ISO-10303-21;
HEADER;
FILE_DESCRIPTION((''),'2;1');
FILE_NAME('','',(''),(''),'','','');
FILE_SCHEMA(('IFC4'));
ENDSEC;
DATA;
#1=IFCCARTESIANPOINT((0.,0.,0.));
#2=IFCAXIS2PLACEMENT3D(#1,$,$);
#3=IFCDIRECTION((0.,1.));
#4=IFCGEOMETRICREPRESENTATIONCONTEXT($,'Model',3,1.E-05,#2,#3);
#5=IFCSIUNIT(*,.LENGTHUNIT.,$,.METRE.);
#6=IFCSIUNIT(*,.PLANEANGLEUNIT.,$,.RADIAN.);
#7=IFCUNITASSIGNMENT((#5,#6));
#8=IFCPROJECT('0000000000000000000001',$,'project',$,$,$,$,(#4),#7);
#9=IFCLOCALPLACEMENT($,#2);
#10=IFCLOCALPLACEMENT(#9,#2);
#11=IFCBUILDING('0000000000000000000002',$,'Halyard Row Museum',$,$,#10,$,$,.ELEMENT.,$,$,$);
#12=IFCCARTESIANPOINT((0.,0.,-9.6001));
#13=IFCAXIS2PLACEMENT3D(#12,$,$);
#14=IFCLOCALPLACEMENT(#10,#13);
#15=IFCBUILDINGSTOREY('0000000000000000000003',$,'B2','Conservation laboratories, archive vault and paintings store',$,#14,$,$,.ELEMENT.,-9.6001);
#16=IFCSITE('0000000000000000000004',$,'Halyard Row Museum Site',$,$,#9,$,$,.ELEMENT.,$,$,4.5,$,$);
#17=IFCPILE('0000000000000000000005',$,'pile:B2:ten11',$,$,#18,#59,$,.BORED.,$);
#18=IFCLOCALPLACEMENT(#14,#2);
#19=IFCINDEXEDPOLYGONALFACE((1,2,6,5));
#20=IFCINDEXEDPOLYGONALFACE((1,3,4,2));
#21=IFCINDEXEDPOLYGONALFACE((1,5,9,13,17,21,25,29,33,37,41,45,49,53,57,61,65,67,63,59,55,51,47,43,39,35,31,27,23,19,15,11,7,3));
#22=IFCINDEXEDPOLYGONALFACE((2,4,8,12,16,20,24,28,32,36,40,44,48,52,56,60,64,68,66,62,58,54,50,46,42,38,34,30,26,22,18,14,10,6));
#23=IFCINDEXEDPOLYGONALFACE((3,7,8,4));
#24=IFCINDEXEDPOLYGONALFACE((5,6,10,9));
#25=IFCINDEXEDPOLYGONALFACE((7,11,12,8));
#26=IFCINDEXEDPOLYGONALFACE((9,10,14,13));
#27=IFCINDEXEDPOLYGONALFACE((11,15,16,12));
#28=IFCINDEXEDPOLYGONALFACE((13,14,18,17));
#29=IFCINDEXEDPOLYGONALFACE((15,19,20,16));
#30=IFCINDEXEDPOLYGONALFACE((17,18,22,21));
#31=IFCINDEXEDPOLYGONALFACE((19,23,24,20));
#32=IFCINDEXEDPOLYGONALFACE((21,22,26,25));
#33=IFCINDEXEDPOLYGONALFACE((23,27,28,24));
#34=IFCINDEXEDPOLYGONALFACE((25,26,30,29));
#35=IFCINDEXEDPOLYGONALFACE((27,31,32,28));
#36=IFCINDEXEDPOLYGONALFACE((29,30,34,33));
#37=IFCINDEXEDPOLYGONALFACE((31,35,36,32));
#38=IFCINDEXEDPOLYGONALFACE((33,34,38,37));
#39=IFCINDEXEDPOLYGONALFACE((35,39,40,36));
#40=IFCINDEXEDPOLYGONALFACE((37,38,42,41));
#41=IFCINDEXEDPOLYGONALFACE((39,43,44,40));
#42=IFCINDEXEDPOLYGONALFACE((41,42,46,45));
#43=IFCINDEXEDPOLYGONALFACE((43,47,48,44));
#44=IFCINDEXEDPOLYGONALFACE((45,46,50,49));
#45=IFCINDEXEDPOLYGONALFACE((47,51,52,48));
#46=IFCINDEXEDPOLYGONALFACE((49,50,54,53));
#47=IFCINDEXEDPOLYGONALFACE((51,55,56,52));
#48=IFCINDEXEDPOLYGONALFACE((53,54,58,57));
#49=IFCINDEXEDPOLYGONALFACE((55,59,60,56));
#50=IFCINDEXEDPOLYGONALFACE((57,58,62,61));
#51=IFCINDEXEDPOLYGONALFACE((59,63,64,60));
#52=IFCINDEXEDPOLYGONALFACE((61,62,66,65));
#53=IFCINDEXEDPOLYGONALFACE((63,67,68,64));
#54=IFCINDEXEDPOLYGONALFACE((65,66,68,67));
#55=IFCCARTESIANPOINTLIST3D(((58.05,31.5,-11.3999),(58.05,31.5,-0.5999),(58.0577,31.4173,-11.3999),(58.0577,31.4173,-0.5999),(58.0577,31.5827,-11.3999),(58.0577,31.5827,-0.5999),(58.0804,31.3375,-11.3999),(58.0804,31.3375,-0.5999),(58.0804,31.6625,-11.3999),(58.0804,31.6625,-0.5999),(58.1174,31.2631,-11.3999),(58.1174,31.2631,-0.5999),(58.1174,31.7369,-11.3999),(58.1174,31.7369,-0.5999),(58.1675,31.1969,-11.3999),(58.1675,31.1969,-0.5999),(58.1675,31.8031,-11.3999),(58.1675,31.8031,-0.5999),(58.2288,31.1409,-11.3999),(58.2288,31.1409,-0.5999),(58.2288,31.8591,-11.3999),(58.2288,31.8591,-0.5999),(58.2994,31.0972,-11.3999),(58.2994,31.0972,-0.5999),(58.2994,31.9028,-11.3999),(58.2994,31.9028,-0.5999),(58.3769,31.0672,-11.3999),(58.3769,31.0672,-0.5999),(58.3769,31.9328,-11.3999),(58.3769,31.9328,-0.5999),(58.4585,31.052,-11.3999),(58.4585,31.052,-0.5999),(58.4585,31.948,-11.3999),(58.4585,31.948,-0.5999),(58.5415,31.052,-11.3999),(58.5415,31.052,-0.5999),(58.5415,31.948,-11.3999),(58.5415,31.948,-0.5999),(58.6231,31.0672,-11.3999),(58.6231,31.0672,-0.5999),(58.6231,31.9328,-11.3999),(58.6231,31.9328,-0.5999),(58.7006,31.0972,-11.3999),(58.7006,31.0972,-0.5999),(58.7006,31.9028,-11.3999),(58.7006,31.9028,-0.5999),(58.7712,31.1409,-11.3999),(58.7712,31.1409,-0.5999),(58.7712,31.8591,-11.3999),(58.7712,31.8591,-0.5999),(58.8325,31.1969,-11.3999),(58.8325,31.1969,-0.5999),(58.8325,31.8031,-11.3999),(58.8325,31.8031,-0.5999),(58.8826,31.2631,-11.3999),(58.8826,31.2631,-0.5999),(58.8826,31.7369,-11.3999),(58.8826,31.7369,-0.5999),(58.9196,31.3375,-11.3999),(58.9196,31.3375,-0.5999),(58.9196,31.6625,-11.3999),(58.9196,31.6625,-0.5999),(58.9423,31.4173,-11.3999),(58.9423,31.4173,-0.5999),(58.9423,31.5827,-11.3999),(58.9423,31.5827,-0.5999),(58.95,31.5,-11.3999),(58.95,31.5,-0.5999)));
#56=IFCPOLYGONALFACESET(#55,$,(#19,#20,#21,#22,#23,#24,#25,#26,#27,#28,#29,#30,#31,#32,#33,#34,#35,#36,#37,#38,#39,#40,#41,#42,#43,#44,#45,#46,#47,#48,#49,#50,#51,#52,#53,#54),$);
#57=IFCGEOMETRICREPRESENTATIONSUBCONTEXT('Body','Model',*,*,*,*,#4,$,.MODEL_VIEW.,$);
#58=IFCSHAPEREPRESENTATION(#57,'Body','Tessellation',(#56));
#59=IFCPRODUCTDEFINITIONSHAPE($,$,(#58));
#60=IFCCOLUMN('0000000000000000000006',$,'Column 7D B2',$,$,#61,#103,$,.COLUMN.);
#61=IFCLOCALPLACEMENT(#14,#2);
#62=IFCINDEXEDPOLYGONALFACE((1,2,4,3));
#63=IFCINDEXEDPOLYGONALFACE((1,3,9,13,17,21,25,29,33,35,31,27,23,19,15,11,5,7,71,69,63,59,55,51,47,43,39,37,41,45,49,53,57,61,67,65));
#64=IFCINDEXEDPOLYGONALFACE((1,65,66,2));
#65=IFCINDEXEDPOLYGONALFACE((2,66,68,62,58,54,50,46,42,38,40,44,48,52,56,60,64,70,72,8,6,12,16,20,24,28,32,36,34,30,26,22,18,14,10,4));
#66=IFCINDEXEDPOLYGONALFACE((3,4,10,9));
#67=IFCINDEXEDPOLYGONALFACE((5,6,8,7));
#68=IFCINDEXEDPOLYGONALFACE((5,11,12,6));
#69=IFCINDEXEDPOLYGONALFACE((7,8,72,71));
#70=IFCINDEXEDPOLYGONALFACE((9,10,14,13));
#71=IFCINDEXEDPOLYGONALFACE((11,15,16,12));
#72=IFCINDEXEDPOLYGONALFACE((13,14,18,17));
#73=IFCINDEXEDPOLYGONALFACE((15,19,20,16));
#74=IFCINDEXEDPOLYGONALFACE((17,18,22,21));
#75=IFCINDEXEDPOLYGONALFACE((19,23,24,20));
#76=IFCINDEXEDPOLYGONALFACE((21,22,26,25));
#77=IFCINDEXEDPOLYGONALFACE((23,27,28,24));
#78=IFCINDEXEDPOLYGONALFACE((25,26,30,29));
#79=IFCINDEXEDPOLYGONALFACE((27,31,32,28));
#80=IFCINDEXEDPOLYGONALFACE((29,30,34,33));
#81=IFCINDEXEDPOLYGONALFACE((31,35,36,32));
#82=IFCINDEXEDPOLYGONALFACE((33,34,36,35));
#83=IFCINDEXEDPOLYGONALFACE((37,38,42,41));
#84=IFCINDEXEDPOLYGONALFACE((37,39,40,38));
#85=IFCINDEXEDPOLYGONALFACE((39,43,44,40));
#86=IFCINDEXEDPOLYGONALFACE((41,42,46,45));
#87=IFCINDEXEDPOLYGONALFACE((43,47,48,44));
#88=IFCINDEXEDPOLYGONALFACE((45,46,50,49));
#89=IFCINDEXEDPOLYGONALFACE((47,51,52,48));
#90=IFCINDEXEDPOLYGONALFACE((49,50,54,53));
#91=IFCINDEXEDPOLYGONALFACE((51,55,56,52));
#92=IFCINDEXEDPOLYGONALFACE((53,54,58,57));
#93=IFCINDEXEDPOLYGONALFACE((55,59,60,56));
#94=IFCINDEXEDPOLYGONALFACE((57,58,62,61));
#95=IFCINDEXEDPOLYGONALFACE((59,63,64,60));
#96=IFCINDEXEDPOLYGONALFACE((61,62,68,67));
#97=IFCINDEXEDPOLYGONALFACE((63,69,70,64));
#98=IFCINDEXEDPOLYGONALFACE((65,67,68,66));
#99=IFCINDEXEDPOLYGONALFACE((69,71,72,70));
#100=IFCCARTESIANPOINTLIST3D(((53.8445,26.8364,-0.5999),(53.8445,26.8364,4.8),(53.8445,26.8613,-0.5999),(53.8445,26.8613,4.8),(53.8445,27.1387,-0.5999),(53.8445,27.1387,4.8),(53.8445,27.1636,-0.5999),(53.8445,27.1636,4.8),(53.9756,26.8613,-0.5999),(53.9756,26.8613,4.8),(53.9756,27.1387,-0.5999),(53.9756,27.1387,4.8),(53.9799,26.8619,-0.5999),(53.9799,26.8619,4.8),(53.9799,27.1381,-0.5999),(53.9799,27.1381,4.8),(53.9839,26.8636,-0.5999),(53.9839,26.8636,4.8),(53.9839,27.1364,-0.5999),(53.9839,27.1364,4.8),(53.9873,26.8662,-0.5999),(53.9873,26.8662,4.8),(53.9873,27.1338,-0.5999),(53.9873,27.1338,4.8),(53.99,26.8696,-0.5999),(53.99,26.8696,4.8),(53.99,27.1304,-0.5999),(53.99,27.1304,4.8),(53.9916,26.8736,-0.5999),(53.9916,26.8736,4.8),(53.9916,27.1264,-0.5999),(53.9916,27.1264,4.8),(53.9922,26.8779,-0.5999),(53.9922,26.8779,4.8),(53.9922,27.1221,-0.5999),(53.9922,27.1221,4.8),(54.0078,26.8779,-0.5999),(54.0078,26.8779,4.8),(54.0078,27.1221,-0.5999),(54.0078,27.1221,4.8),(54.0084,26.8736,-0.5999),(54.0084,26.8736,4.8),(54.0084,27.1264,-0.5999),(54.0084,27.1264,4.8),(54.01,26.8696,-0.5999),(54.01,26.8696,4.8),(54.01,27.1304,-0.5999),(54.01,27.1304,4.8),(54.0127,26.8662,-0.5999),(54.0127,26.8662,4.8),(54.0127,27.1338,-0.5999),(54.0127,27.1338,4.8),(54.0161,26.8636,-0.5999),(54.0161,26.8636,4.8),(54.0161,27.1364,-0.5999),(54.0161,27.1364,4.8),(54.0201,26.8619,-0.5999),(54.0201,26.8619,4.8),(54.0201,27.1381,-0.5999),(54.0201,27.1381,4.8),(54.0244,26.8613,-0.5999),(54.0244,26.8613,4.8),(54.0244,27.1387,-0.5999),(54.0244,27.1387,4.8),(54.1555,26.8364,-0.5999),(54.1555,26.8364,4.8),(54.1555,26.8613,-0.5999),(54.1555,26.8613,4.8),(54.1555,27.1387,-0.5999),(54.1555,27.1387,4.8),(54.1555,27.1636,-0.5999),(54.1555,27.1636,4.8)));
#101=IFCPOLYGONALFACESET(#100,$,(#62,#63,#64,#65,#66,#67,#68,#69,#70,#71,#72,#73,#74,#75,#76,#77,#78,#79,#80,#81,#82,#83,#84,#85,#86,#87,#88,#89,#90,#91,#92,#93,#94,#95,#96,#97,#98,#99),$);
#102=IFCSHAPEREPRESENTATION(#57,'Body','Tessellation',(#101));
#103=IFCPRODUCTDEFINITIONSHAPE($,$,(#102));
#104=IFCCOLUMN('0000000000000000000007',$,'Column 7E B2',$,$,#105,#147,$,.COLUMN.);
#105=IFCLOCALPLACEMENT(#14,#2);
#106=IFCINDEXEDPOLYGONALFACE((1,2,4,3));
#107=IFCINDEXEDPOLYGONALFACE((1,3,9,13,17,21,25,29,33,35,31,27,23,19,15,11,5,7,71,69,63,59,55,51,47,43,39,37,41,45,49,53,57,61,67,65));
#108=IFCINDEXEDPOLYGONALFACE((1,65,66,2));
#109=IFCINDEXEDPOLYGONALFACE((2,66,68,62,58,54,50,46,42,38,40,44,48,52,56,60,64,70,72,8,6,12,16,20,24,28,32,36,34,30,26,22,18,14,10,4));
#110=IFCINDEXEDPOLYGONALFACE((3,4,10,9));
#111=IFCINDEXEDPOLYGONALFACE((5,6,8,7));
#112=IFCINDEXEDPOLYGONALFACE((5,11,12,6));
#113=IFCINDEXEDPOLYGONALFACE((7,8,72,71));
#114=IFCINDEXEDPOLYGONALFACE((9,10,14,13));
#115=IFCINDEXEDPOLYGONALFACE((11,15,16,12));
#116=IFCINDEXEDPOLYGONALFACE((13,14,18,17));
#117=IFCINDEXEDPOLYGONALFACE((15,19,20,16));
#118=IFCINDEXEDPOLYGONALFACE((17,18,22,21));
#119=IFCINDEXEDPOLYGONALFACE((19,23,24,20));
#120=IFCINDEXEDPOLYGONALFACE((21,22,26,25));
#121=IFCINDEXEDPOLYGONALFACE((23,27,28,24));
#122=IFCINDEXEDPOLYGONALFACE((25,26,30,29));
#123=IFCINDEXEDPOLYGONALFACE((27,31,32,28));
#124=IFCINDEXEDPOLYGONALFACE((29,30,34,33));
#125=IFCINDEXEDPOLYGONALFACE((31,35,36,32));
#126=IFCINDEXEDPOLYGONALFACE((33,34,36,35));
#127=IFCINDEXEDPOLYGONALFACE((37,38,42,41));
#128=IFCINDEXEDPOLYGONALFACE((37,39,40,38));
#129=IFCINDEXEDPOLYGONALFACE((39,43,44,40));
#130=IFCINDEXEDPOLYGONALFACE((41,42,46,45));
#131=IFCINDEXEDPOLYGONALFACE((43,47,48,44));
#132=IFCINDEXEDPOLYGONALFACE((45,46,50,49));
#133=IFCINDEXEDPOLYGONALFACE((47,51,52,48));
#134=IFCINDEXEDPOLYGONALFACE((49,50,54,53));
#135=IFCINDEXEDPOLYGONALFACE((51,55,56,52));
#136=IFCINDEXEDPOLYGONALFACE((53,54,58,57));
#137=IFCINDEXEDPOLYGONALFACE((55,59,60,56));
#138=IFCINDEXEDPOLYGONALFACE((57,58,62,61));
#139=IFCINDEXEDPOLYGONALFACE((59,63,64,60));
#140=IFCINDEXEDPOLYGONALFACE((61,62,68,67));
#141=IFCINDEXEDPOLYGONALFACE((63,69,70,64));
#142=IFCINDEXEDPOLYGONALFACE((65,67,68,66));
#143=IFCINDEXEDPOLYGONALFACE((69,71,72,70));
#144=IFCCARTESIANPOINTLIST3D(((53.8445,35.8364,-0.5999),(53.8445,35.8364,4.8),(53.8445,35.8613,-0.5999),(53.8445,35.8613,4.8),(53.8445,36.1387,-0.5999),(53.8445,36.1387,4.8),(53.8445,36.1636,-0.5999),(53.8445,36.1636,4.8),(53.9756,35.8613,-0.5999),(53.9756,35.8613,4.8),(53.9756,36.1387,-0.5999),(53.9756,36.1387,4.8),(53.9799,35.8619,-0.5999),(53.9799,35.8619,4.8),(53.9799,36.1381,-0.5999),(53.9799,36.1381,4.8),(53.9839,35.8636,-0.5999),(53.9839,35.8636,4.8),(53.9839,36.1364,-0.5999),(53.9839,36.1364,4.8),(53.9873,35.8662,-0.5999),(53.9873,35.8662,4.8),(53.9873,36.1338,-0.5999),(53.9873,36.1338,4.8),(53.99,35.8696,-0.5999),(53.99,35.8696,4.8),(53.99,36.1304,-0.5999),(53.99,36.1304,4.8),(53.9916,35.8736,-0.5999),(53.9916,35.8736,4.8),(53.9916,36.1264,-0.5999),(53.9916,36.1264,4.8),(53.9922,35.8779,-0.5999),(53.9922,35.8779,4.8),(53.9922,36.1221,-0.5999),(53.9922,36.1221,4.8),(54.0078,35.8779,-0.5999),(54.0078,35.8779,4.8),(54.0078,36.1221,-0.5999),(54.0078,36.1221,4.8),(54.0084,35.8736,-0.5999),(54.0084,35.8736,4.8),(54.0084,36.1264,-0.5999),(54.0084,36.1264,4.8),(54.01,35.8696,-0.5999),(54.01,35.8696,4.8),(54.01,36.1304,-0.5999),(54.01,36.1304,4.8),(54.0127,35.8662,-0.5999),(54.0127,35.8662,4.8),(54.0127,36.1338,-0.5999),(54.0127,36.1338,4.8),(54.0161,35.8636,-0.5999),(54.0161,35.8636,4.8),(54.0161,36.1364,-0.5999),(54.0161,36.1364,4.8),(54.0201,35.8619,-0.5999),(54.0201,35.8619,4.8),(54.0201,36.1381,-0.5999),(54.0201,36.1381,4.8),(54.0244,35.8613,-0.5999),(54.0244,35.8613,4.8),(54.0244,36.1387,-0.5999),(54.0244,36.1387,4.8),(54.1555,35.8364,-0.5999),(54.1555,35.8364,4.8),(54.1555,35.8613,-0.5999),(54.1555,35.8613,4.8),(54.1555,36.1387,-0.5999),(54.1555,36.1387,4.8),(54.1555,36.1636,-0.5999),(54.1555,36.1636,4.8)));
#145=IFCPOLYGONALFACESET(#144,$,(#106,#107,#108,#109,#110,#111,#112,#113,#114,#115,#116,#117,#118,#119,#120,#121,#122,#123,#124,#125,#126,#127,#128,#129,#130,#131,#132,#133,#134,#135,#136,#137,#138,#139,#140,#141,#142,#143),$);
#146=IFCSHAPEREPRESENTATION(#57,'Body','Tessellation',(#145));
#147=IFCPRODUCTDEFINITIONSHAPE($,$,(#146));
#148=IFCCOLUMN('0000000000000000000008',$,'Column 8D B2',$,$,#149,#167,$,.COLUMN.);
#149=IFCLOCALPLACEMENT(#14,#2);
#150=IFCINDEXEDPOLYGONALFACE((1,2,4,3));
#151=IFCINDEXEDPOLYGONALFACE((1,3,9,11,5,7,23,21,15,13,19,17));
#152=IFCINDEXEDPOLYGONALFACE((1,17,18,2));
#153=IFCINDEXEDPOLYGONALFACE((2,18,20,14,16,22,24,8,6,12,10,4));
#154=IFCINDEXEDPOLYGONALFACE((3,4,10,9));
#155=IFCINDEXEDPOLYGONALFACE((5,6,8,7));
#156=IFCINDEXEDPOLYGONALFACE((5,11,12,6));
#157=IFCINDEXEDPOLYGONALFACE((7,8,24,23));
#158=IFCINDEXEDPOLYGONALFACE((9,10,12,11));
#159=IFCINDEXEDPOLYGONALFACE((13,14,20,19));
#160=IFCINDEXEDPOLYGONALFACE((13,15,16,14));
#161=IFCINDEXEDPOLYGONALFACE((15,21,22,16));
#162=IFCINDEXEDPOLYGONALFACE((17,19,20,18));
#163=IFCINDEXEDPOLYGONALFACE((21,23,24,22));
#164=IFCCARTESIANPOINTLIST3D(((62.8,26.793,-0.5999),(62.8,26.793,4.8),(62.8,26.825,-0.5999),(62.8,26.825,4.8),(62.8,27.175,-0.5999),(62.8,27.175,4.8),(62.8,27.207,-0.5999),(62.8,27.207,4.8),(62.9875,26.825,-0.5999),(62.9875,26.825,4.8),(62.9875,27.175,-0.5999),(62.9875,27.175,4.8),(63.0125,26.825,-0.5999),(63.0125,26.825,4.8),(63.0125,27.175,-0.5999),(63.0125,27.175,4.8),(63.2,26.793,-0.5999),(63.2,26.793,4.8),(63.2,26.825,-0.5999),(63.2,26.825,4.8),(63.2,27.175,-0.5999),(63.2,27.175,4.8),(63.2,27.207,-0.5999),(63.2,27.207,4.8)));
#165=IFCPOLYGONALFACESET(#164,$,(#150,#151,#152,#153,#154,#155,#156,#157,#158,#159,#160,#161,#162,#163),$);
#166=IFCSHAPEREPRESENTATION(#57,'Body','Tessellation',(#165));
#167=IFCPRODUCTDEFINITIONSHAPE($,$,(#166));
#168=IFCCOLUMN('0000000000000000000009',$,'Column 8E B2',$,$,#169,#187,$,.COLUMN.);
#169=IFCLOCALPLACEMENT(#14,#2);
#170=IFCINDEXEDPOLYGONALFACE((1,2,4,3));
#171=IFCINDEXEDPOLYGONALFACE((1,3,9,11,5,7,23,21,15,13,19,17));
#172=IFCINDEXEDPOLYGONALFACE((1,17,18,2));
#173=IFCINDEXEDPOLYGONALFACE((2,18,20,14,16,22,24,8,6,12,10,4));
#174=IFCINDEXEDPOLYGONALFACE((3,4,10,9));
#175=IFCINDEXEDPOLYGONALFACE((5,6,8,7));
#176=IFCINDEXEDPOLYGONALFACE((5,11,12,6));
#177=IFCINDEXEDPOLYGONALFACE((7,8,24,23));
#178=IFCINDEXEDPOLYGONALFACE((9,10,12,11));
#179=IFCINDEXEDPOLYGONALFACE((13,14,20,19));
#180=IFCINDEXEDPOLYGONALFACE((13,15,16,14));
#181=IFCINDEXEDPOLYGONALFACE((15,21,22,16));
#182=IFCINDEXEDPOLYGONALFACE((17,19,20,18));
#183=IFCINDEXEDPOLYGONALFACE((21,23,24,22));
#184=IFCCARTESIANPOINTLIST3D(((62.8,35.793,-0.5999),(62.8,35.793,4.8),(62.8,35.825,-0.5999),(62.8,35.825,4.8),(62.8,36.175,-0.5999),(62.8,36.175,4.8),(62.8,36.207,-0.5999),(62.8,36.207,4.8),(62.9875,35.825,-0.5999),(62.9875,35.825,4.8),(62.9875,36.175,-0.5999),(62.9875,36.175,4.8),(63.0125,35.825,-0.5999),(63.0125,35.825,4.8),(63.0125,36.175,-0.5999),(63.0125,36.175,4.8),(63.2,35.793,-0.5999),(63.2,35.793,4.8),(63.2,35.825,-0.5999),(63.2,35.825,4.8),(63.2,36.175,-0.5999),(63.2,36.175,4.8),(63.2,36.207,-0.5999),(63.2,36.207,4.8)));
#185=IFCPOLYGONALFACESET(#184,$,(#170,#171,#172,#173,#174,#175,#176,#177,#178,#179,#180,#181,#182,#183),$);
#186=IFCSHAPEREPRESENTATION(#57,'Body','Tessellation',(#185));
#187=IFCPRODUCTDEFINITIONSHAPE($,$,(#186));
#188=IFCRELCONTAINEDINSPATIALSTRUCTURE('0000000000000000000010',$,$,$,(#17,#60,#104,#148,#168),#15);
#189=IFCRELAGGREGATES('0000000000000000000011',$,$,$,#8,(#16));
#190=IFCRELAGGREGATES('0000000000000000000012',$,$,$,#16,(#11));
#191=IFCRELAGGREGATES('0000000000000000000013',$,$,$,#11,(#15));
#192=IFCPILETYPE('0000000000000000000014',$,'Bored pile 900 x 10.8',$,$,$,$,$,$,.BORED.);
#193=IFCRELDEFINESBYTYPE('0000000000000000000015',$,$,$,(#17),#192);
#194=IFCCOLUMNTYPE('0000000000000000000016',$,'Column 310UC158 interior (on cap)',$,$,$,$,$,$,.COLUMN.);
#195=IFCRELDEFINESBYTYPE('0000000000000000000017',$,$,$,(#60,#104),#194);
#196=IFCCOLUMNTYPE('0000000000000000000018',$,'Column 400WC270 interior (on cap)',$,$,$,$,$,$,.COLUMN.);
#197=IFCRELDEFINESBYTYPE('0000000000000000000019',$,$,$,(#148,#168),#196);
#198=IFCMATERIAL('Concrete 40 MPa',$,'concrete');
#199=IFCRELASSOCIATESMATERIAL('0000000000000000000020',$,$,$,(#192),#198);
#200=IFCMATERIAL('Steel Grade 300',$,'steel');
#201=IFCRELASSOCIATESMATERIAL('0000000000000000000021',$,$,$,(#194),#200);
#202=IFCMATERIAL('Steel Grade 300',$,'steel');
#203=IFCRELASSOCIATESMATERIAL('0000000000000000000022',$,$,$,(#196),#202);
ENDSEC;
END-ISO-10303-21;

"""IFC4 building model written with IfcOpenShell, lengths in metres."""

from ifc_helpers import new_model, si_unit, direction, frame, origin, origin_2d, place, context, subcontext, project, spatial, circle, i_section, extrude, material, material_profile, profile_set, type_object, element, save


model = new_model("IFC4")

# Units and contexts
model_context = context("Model", 3, precision=1e-05, world=origin(), true_north=direction((0.0, 1.0)))
body_context = subcontext(model_context, "Body", "Model", "MODEL_VIEW")
ifc_project = project(units=[si_unit("LENGTHUNIT", "METRE"), si_unit("PLANEANGLEUNIT", "RADIAN")], contexts=[model_context])

# Site, building, storey
site_placement = place(None, origin())
site = spatial("IfcSite", under=ifc_project, at=site_placement, Name="Halyard Row Museum Site", CompositionType="ELEMENT", RefElevation=4.5)
building_placement = place(site_placement, origin())
building = spatial("IfcBuilding", under=site, at=building_placement, Name="Halyard Row Museum", CompositionType="ELEMENT")
storey_placement = place(building_placement, frame((0.0, 0.0, -9.6001)))
storey = spatial("IfcBuildingStorey", under=building, at=storey_placement, Name="B2", Description="Conservation laboratories, archive vault and paintings store", CompositionType="ELEMENT", Elevation=-9.6001)

# Pile
ifc_material_1 = material(Name="Concrete 40 MPa", Category="concrete")
ifc_material_profile_1 = material_profile(ifc_material_1, circle(Radius=0.45, at=origin_2d()), Name="Bored pile 900 x 10.8")
ifc_profile_set_1 = profile_set([ifc_material_profile_1], Name="Concrete 40 MPa")
pile_type_1 = type_object("IfcPileType", Name="Bored pile 900 x 10.8", PredefinedType="BORED", material=ifc_profile_set_1)
for number, where, z_axis, x_axis, name in (
    (1, (58.5, 31.5, -0.5999), (0.0, 0.0, -1.0), (1.0, 0.0, 0.0), "pile:B2:ten11"),
):
    element("IfcPile", number, at=place(storey_placement, frame(where, z_axis=z_axis, x_axis=x_axis)), inside=storey, type_object=pile_type_1, Name=name, PredefinedType="BORED", context=body_context, shape_type="SweptSolid", body=[
        extrude(circle(Radius=0.45, at=origin_2d()), origin(), (0.0, 0.0, 1.0), 10.8),
    ])

# Columns
ifc_material_2 = material(Name="Steel Grade 300", Category="steel")
ifc_material_profile_2 = material_profile(ifc_material_2, i_section(OverallWidth=0.311, OverallDepth=0.3271, WebThickness=0.0156, FlangeThickness=0.0249, FilletRadius=0.0166, at=origin_2d()), Name="310UC158")
ifc_profile_set_2 = profile_set([ifc_material_profile_2], Name="Steel Grade 300")
column_type_1 = type_object("IfcColumnType", Name="Column 310UC158 interior (on cap)", PredefinedType="COLUMN", material=ifc_profile_set_2)
for number, where, z_axis, x_axis, name in (
    (2, (54.0, 27.0, -0.5999), (0.0, 0.0, 1.0), (1.0, 0.0, 0.0), "Column 7D B2"),
    (3, (54.0, 36.0, -0.5999), (0.0, 0.0, 1.0), (1.0, 0.0, 0.0), "Column 7E B2"),
):
    element("IfcColumn", number, at=place(storey_placement, frame(where, z_axis=z_axis, x_axis=x_axis)), inside=storey, type_object=column_type_1, Name=name, PredefinedType="COLUMN", context=body_context, shape_type="SweptSolid", body=[
        extrude(i_section(OverallWidth=0.311, OverallDepth=0.3271, WebThickness=0.0156, FlangeThickness=0.0249, FilletRadius=0.0166, at=origin_2d()), origin(), (0.0, 0.0, 1.0), 5.3999),
    ])
ifc_material_3 = material(Name="Steel Grade 300", Category="steel")
ifc_material_profile_3 = material_profile(ifc_material_3, i_section(OverallWidth=0.3999, OverallDepth=0.4141, WebThickness=0.0249, FlangeThickness=0.032, at=origin_2d()), Name="400WC270")
ifc_profile_set_3 = profile_set([ifc_material_profile_3], Name="Steel Grade 300")
column_type_2 = type_object("IfcColumnType", Name="Column 400WC270 interior (on cap)", PredefinedType="COLUMN", material=ifc_profile_set_3)
for number, where, z_axis, x_axis, name in (
    (4, (63.0, 27.0, -0.5999), (0.0, 0.0, 1.0), (1.0, 0.0, 0.0), "Column 8D B2"),
    (5, (63.0, 36.0, -0.5999), (0.0, 0.0, 1.0), (1.0, 0.0, 0.0), "Column 8E B2"),
):
    element("IfcColumn", number, at=place(storey_placement, frame(where, z_axis=z_axis, x_axis=x_axis)), inside=storey, type_object=column_type_2, Name=name, PredefinedType="COLUMN", context=body_context, shape_type="SweptSolid", body=[
        extrude(i_section(OverallWidth=0.3999, OverallDepth=0.4141, WebThickness=0.0249, FlangeThickness=0.032, at=origin_2d()), origin(), (0.0, 0.0, 1.0), 5.3999),
    ])

save(model, "model.ifc")
